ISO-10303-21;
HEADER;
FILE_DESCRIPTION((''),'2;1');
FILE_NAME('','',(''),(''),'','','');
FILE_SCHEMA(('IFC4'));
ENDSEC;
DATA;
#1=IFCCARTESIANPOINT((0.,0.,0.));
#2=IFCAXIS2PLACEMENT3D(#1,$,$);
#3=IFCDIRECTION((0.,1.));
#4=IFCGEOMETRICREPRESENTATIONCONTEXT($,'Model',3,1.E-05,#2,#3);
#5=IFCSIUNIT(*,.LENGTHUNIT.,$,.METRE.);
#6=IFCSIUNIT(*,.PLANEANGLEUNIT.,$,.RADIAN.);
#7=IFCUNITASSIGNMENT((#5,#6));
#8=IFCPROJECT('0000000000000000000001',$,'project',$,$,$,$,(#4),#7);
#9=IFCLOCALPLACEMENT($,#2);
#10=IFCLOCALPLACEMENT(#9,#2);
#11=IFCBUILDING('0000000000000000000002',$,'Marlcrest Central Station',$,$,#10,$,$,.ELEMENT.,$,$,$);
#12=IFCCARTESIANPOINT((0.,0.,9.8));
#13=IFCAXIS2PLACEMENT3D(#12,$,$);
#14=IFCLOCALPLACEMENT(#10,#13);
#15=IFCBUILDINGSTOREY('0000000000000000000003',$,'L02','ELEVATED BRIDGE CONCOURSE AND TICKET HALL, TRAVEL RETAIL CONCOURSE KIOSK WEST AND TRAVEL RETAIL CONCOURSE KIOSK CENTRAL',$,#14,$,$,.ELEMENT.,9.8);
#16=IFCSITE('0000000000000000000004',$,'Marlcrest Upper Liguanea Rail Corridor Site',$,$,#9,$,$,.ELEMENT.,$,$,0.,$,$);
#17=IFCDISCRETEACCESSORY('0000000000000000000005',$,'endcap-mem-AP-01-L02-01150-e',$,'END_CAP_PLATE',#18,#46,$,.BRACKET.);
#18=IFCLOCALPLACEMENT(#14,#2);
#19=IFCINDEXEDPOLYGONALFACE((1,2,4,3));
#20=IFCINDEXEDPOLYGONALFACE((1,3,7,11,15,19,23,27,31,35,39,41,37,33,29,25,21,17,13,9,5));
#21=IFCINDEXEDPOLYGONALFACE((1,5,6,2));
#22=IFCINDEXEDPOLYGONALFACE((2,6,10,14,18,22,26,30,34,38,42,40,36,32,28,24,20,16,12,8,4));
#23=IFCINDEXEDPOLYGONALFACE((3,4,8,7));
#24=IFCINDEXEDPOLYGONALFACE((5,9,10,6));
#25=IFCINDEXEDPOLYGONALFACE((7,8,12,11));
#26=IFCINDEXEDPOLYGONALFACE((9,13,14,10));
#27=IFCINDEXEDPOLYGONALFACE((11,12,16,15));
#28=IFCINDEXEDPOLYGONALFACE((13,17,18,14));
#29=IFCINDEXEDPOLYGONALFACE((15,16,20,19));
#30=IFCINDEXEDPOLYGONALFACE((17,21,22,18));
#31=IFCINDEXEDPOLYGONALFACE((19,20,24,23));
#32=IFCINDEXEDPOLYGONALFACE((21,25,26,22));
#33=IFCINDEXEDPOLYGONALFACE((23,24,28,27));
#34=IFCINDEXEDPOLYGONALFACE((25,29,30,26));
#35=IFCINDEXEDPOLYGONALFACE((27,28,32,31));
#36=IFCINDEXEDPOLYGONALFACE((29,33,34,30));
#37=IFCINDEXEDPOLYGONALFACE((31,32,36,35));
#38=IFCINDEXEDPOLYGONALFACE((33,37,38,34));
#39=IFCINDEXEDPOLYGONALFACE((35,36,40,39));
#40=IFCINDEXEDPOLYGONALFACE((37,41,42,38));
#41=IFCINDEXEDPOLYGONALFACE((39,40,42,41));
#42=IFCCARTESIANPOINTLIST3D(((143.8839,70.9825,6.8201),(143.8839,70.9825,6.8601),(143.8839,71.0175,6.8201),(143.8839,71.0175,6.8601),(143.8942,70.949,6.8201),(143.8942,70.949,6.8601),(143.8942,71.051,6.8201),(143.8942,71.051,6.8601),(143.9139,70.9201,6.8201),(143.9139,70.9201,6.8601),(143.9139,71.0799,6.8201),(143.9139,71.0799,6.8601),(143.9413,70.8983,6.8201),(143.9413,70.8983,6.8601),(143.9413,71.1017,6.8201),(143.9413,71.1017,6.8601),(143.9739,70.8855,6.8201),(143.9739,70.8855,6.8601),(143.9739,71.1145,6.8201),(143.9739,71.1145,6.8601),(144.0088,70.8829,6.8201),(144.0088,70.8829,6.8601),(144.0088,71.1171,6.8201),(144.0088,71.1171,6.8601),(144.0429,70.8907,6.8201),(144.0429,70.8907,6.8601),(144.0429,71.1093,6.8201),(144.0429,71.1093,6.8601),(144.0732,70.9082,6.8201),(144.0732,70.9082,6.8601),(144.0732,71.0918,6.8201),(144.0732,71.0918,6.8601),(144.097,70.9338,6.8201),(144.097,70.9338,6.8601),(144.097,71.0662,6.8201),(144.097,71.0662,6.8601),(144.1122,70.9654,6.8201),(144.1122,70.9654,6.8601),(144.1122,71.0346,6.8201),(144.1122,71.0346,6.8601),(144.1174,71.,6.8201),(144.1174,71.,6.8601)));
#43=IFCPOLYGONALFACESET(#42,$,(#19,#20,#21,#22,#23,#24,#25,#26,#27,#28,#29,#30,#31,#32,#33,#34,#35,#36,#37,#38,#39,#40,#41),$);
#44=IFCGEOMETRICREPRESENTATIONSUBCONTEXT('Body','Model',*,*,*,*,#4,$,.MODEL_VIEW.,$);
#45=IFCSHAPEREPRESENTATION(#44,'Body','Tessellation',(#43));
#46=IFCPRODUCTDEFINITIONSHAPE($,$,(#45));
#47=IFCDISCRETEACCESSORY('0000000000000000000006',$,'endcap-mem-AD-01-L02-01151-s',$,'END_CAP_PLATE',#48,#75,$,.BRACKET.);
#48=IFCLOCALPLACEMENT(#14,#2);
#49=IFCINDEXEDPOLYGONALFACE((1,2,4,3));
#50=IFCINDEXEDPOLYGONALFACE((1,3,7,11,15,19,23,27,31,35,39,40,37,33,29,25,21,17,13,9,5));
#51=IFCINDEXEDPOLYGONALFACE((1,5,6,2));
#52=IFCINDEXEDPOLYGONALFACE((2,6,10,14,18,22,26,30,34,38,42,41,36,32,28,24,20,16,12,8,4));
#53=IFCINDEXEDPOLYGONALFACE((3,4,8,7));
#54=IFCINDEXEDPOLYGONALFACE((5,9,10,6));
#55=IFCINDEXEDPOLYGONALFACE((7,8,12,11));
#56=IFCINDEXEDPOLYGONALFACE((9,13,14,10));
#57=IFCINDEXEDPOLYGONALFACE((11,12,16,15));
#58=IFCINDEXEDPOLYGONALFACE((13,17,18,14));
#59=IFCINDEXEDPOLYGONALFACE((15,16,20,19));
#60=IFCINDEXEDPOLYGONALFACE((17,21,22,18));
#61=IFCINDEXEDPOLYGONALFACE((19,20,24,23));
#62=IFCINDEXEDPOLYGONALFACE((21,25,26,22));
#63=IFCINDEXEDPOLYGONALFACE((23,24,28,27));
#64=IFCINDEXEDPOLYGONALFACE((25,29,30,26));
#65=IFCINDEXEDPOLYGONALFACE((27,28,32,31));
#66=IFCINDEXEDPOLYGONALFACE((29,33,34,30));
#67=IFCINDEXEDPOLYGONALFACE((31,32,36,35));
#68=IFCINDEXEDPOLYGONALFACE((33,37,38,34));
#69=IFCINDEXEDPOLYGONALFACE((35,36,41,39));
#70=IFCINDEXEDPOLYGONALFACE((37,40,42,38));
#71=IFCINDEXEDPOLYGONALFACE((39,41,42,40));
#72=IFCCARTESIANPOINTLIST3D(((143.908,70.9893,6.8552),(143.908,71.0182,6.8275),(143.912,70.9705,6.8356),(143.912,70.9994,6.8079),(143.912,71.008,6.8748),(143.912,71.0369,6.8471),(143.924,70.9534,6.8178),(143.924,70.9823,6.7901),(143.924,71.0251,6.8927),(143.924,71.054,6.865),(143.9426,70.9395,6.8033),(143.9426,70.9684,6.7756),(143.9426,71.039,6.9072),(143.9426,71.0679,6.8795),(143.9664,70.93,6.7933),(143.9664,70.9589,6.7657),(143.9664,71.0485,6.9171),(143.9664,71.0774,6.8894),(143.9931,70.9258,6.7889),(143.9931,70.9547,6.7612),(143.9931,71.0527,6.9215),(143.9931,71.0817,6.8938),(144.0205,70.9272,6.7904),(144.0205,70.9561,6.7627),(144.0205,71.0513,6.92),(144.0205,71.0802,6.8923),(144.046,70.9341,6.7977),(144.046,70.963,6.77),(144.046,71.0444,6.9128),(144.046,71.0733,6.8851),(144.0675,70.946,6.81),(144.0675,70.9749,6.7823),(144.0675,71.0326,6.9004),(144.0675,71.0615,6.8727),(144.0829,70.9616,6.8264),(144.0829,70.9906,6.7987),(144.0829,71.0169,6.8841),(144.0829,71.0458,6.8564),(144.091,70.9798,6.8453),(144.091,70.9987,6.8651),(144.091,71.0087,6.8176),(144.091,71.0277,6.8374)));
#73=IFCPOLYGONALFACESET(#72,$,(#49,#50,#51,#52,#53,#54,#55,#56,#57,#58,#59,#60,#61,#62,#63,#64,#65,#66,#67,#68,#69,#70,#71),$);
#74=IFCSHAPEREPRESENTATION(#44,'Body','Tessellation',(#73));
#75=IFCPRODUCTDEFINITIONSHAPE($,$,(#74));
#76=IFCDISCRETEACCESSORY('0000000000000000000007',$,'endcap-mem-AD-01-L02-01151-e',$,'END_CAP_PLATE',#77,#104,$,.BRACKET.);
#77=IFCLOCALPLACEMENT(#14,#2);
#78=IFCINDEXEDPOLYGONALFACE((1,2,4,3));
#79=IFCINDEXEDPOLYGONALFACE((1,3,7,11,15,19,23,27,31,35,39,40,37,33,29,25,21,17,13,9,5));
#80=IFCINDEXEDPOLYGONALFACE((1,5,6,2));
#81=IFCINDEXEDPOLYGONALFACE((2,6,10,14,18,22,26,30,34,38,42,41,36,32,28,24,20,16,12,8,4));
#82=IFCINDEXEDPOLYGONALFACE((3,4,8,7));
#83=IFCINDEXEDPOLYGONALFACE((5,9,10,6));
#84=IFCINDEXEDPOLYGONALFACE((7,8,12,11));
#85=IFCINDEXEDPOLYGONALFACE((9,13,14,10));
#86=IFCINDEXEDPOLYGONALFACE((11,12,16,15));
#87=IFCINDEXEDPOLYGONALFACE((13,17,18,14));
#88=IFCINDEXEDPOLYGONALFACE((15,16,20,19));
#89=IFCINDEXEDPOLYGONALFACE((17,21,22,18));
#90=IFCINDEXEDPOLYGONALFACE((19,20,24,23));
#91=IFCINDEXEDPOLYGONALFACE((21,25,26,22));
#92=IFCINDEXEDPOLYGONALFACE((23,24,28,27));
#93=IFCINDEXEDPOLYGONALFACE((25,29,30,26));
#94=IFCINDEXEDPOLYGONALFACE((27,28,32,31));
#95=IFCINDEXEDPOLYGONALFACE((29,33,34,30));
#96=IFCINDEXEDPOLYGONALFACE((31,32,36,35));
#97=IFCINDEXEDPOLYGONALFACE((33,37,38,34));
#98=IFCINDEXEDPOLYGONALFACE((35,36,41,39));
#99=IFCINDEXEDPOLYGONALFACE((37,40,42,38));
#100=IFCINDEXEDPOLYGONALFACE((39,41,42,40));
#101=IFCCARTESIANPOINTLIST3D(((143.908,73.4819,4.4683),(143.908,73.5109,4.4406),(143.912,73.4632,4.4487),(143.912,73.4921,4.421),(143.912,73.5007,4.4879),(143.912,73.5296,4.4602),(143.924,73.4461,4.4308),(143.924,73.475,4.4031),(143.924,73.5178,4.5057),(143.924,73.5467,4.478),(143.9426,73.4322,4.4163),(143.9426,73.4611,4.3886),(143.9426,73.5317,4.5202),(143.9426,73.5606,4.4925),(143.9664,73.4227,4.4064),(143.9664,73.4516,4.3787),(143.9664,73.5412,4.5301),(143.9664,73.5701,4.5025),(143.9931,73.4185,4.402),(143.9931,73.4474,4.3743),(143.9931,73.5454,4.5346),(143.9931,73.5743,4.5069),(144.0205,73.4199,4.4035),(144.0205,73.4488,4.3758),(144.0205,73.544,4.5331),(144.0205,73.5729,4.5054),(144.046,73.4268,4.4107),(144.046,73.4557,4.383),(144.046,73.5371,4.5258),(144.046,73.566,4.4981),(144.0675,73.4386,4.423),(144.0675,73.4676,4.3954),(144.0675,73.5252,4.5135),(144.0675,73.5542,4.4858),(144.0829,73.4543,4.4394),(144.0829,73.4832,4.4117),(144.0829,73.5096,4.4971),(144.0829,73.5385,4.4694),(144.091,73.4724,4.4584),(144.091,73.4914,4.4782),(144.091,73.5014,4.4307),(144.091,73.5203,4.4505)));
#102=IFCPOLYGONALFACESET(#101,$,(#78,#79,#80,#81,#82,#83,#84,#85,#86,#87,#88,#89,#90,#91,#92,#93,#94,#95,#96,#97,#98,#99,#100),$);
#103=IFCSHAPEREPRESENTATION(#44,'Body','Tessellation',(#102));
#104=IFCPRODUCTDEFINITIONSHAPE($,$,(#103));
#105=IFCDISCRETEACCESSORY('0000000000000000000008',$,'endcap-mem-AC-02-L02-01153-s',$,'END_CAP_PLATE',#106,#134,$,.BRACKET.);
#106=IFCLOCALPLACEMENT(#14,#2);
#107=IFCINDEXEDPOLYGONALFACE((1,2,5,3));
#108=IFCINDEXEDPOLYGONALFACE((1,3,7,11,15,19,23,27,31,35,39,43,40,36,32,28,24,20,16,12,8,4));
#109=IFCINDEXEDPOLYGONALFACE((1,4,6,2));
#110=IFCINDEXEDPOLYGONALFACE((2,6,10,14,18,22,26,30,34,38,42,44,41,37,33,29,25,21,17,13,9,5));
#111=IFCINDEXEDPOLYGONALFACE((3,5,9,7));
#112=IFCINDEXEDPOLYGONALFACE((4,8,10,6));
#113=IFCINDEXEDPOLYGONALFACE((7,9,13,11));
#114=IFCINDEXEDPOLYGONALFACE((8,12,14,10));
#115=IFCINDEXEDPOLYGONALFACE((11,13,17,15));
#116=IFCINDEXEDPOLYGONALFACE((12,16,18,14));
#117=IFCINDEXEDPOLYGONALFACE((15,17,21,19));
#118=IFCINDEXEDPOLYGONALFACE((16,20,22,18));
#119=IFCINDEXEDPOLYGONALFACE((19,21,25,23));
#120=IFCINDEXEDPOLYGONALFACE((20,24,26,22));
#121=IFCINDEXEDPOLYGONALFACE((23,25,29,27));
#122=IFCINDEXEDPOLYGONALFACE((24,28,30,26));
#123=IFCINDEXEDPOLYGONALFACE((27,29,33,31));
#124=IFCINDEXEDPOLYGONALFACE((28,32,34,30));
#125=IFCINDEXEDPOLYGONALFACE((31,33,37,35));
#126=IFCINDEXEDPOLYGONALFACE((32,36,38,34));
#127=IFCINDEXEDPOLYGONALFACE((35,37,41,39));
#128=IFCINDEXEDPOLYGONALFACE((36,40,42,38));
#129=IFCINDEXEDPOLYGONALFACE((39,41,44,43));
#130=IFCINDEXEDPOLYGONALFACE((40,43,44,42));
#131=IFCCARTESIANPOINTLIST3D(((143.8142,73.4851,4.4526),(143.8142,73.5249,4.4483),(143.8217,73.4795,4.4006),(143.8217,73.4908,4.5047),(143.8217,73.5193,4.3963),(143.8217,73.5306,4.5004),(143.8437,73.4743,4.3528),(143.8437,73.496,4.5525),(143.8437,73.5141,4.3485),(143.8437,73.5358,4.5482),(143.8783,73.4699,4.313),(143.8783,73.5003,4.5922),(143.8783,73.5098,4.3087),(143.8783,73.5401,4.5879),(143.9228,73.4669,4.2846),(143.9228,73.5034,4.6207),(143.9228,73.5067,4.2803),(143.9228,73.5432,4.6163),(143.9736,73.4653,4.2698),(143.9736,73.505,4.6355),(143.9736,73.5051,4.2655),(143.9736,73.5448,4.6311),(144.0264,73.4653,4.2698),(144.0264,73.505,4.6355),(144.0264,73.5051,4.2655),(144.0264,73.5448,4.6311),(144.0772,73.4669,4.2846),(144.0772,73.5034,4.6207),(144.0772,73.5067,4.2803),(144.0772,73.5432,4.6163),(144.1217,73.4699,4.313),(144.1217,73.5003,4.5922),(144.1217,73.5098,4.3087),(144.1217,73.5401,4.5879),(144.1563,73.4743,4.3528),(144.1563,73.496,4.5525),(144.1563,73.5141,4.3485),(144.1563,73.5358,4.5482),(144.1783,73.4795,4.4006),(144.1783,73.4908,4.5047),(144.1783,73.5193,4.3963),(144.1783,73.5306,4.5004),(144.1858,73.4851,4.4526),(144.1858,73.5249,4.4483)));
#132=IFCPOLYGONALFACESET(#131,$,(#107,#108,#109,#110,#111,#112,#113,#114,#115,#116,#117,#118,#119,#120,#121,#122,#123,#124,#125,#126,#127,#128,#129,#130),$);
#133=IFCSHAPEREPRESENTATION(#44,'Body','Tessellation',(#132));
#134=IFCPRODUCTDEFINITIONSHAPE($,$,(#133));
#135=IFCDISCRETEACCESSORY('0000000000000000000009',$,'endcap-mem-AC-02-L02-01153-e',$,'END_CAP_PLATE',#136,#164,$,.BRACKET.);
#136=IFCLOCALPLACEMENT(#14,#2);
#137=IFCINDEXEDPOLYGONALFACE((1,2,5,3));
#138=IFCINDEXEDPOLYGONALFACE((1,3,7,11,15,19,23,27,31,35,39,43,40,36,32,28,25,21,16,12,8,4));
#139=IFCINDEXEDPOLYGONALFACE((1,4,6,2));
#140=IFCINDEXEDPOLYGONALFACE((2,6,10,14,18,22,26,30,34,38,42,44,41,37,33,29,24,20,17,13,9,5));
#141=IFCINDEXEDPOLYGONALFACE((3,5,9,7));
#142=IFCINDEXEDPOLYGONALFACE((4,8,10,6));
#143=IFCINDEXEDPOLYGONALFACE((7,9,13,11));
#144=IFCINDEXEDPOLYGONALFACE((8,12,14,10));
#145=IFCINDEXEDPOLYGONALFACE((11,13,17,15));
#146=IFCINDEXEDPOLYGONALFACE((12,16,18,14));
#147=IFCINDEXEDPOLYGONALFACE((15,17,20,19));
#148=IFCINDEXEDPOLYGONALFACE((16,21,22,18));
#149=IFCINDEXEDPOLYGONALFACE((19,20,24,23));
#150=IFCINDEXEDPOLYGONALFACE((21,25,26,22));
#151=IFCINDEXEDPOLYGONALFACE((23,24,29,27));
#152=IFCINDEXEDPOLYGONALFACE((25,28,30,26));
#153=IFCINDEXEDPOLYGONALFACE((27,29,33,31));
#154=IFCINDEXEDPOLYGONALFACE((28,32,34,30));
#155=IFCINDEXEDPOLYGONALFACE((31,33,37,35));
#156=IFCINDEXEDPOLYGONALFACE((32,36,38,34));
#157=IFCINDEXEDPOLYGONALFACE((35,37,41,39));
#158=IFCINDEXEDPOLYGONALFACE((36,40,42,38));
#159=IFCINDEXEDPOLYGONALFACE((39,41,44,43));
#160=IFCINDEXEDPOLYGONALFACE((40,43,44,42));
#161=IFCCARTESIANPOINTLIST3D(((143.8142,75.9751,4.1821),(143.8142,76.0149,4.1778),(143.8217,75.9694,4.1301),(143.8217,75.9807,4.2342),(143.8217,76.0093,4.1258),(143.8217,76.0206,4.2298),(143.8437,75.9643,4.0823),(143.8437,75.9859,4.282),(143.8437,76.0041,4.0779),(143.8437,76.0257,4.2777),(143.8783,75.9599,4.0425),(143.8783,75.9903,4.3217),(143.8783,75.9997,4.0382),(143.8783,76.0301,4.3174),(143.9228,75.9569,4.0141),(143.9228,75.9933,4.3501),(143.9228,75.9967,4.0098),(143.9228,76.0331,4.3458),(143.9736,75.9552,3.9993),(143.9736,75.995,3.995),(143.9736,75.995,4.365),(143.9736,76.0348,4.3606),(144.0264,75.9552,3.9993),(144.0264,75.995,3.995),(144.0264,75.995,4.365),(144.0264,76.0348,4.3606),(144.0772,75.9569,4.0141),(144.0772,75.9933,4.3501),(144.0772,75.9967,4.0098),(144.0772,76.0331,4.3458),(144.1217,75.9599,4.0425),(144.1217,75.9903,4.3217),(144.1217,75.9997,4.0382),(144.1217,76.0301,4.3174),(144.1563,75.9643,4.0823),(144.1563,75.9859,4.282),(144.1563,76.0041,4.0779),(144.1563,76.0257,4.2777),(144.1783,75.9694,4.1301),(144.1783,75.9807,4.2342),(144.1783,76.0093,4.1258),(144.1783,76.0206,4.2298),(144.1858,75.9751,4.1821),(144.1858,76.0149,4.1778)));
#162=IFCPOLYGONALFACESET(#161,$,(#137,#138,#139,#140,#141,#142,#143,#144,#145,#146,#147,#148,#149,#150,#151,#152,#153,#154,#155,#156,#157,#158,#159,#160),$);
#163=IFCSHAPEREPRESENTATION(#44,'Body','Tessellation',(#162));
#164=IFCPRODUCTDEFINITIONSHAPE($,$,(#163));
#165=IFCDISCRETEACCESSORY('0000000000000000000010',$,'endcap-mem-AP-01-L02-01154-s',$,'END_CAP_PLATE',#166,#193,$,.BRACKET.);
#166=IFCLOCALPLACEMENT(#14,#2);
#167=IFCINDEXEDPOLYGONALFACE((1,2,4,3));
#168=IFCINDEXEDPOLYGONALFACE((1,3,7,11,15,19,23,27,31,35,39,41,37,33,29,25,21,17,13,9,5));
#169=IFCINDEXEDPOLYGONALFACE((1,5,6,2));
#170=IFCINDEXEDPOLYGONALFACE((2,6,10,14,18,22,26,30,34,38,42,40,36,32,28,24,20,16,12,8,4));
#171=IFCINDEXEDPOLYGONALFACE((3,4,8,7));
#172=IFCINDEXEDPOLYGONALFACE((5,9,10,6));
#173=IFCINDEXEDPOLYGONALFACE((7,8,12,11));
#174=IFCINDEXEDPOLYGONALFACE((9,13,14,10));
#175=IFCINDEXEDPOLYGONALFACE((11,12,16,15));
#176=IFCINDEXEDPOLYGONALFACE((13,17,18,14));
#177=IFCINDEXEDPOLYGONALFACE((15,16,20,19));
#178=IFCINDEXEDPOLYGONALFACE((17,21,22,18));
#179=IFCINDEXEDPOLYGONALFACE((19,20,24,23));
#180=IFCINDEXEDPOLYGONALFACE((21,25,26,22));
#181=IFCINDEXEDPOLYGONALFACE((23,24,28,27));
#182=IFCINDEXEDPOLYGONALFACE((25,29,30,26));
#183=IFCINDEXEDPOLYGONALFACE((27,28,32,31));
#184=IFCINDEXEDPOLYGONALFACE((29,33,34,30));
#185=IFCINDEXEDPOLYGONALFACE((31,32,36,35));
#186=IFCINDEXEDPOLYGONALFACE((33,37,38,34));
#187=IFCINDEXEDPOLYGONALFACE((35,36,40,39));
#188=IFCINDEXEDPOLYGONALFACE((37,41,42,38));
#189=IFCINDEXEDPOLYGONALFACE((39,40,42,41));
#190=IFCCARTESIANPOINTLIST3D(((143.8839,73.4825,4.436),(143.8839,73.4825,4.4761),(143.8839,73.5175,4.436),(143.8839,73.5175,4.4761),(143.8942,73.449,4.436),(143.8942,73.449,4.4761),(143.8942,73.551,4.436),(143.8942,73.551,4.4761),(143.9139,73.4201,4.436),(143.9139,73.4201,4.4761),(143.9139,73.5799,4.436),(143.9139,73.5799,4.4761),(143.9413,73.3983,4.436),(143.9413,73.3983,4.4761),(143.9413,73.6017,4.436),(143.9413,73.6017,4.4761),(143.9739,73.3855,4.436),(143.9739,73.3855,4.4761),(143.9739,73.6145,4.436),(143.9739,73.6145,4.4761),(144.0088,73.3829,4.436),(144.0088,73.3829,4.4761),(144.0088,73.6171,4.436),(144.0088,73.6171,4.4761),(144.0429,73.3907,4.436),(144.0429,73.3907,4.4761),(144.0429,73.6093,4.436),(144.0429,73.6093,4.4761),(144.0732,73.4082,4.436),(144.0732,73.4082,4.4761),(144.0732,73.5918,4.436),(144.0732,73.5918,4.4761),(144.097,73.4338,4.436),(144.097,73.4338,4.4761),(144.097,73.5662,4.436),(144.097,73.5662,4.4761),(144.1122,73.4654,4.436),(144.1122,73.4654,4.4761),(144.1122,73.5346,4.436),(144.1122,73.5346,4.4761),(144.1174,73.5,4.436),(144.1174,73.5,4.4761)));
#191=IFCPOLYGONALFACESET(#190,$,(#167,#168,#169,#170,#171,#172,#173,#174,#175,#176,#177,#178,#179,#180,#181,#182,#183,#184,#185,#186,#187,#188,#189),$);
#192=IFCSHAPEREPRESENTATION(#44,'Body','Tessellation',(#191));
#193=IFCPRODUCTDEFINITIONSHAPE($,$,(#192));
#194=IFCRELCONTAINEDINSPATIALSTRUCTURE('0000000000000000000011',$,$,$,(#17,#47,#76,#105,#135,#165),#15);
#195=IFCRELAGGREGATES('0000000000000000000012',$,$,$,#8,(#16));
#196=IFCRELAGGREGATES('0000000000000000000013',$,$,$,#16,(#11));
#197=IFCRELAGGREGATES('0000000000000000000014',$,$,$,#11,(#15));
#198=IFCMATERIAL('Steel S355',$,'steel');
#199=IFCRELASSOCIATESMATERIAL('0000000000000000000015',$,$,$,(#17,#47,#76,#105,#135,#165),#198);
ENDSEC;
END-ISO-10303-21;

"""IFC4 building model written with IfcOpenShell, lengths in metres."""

from ifc_helpers import new_model, si_unit, direction, frame, origin, origin_2d, place, context, subcontext, project, spatial, circle, extrude, material, element, save


model = new_model("IFC4")

# Units and contexts
model_context = context("Model", 3, precision=1e-05, world=origin(), true_north=direction((0.0, 1.0)))
body_context = subcontext(model_context, "Body", "Model", "MODEL_VIEW")
ifc_project = project(units=[si_unit("LENGTHUNIT", "METRE"), si_unit("PLANEANGLEUNIT", "RADIAN")], contexts=[model_context])

# Site, building, storey
site_placement = place(None, origin())
site = spatial("IfcSite", under=ifc_project, at=site_placement, Name="Marlcrest Upper Liguanea Rail Corridor Site", CompositionType="ELEMENT", RefElevation=0.0)
building_placement = place(site_placement, origin())
building = spatial("IfcBuilding", under=site, at=building_placement, Name="Marlcrest Central Station", CompositionType="ELEMENT")
storey_placement = place(building_placement, frame((0.0, 0.0, 9.8)))
storey = spatial("IfcBuildingStorey", under=building, at=storey_placement, Name="L02", Description="ELEVATED BRIDGE CONCOURSE AND TICKET HALL, TRAVEL RETAIL CONCOURSE KIOSK WEST AND TRAVEL RETAIL CONCOURSE KIOSK CENTRAL", CompositionType="ELEMENT", Elevation=9.8)

# Shared definitions
ifc_material = material(Name="Steel S355", Category="steel")

# Discrete accessories
for number, where, z_axis, x_axis, name in (
    (1, (144.0, 71.0, 6.8201), (0.0, 0.0, 1.0), (1.0, 0.0, 0.0), "endcap-mem-AP-01-L02-01150-e"),
):
    element("IfcDiscreteAccessory", number, at=place(storey_placement, frame(where, z_axis=z_axis, x_axis=x_axis)), inside=storey, material=ifc_material, Name=name, ObjectType="END_CAP_PLATE", PredefinedType="BRACKET", context=body_context, shape_type="SweptSolid", body=[
        extrude(circle(Radius=0.1174, at=origin_2d()), origin(), (0.0, 0.0, 1.0), 0.04),
    ])
for number, where, z_axis, x_axis, name in (
    (2, (144.0, 70.9893, 6.8552), (0.0, 0.722247, -0.691636), (-1.0, 0.0, 0.0), "endcap-mem-AD-01-L02-01151-s"),
    (3, (144.0, 73.4819, 4.4683), (0.0, 0.722247, -0.691636), (-1.0, 0.0, 0.0), "endcap-mem-AD-01-L02-01151-e"),
):
    element("IfcDiscreteAccessory", number, at=place(storey_placement, frame(where, z_axis=z_axis, x_axis=x_axis)), inside=storey, material=ifc_material, Name=name, ObjectType="END_CAP_PLATE", PredefinedType="BRACKET", context=body_context, shape_type="SweptSolid", body=[
        extrude(circle(Radius=0.092, at=origin_2d()), origin(), (0.0, 0.0, 1.0), 0.04),
    ])
for number, where, z_axis, x_axis, name in (
    (4, (144.0, 73.4851, 4.4526), (0.0, 0.994155, -0.107959), (-1.0, 0.0, 0.0), "endcap-mem-AC-02-L02-01153-s"),
    (5, (144.0, 75.9751, 4.1821), (0.0, 0.994155, -0.107959), (-1.0, 0.0, 0.0), "endcap-mem-AC-02-L02-01153-e"),
):
    element("IfcDiscreteAccessory", number, at=place(storey_placement, frame(where, z_axis=z_axis, x_axis=x_axis)), inside=storey, material=ifc_material, Name=name, ObjectType="END_CAP_PLATE", PredefinedType="BRACKET", context=body_context, shape_type="SweptSolid", body=[
        extrude(circle(Radius=0.1858, at=origin_2d()), origin(), (0.0, 0.0, 1.0), 0.04),
    ])
for number, where, z_axis, x_axis, name in (
    (6, (144.0, 73.5, 4.436), (0.0, 0.0, 1.0), (1.0, 0.0, 0.0), "endcap-mem-AP-01-L02-01154-s"),
):
    element("IfcDiscreteAccessory", number, at=place(storey_placement, frame(where, z_axis=z_axis, x_axis=x_axis)), inside=storey, material=ifc_material, Name=name, ObjectType="END_CAP_PLATE", PredefinedType="BRACKET", context=body_context, shape_type="SweptSolid", body=[
        extrude(circle(Radius=0.1174, at=origin_2d()), origin(), (0.0, 0.0, 1.0), 0.04),
    ])

save(model, "model.ifc")
